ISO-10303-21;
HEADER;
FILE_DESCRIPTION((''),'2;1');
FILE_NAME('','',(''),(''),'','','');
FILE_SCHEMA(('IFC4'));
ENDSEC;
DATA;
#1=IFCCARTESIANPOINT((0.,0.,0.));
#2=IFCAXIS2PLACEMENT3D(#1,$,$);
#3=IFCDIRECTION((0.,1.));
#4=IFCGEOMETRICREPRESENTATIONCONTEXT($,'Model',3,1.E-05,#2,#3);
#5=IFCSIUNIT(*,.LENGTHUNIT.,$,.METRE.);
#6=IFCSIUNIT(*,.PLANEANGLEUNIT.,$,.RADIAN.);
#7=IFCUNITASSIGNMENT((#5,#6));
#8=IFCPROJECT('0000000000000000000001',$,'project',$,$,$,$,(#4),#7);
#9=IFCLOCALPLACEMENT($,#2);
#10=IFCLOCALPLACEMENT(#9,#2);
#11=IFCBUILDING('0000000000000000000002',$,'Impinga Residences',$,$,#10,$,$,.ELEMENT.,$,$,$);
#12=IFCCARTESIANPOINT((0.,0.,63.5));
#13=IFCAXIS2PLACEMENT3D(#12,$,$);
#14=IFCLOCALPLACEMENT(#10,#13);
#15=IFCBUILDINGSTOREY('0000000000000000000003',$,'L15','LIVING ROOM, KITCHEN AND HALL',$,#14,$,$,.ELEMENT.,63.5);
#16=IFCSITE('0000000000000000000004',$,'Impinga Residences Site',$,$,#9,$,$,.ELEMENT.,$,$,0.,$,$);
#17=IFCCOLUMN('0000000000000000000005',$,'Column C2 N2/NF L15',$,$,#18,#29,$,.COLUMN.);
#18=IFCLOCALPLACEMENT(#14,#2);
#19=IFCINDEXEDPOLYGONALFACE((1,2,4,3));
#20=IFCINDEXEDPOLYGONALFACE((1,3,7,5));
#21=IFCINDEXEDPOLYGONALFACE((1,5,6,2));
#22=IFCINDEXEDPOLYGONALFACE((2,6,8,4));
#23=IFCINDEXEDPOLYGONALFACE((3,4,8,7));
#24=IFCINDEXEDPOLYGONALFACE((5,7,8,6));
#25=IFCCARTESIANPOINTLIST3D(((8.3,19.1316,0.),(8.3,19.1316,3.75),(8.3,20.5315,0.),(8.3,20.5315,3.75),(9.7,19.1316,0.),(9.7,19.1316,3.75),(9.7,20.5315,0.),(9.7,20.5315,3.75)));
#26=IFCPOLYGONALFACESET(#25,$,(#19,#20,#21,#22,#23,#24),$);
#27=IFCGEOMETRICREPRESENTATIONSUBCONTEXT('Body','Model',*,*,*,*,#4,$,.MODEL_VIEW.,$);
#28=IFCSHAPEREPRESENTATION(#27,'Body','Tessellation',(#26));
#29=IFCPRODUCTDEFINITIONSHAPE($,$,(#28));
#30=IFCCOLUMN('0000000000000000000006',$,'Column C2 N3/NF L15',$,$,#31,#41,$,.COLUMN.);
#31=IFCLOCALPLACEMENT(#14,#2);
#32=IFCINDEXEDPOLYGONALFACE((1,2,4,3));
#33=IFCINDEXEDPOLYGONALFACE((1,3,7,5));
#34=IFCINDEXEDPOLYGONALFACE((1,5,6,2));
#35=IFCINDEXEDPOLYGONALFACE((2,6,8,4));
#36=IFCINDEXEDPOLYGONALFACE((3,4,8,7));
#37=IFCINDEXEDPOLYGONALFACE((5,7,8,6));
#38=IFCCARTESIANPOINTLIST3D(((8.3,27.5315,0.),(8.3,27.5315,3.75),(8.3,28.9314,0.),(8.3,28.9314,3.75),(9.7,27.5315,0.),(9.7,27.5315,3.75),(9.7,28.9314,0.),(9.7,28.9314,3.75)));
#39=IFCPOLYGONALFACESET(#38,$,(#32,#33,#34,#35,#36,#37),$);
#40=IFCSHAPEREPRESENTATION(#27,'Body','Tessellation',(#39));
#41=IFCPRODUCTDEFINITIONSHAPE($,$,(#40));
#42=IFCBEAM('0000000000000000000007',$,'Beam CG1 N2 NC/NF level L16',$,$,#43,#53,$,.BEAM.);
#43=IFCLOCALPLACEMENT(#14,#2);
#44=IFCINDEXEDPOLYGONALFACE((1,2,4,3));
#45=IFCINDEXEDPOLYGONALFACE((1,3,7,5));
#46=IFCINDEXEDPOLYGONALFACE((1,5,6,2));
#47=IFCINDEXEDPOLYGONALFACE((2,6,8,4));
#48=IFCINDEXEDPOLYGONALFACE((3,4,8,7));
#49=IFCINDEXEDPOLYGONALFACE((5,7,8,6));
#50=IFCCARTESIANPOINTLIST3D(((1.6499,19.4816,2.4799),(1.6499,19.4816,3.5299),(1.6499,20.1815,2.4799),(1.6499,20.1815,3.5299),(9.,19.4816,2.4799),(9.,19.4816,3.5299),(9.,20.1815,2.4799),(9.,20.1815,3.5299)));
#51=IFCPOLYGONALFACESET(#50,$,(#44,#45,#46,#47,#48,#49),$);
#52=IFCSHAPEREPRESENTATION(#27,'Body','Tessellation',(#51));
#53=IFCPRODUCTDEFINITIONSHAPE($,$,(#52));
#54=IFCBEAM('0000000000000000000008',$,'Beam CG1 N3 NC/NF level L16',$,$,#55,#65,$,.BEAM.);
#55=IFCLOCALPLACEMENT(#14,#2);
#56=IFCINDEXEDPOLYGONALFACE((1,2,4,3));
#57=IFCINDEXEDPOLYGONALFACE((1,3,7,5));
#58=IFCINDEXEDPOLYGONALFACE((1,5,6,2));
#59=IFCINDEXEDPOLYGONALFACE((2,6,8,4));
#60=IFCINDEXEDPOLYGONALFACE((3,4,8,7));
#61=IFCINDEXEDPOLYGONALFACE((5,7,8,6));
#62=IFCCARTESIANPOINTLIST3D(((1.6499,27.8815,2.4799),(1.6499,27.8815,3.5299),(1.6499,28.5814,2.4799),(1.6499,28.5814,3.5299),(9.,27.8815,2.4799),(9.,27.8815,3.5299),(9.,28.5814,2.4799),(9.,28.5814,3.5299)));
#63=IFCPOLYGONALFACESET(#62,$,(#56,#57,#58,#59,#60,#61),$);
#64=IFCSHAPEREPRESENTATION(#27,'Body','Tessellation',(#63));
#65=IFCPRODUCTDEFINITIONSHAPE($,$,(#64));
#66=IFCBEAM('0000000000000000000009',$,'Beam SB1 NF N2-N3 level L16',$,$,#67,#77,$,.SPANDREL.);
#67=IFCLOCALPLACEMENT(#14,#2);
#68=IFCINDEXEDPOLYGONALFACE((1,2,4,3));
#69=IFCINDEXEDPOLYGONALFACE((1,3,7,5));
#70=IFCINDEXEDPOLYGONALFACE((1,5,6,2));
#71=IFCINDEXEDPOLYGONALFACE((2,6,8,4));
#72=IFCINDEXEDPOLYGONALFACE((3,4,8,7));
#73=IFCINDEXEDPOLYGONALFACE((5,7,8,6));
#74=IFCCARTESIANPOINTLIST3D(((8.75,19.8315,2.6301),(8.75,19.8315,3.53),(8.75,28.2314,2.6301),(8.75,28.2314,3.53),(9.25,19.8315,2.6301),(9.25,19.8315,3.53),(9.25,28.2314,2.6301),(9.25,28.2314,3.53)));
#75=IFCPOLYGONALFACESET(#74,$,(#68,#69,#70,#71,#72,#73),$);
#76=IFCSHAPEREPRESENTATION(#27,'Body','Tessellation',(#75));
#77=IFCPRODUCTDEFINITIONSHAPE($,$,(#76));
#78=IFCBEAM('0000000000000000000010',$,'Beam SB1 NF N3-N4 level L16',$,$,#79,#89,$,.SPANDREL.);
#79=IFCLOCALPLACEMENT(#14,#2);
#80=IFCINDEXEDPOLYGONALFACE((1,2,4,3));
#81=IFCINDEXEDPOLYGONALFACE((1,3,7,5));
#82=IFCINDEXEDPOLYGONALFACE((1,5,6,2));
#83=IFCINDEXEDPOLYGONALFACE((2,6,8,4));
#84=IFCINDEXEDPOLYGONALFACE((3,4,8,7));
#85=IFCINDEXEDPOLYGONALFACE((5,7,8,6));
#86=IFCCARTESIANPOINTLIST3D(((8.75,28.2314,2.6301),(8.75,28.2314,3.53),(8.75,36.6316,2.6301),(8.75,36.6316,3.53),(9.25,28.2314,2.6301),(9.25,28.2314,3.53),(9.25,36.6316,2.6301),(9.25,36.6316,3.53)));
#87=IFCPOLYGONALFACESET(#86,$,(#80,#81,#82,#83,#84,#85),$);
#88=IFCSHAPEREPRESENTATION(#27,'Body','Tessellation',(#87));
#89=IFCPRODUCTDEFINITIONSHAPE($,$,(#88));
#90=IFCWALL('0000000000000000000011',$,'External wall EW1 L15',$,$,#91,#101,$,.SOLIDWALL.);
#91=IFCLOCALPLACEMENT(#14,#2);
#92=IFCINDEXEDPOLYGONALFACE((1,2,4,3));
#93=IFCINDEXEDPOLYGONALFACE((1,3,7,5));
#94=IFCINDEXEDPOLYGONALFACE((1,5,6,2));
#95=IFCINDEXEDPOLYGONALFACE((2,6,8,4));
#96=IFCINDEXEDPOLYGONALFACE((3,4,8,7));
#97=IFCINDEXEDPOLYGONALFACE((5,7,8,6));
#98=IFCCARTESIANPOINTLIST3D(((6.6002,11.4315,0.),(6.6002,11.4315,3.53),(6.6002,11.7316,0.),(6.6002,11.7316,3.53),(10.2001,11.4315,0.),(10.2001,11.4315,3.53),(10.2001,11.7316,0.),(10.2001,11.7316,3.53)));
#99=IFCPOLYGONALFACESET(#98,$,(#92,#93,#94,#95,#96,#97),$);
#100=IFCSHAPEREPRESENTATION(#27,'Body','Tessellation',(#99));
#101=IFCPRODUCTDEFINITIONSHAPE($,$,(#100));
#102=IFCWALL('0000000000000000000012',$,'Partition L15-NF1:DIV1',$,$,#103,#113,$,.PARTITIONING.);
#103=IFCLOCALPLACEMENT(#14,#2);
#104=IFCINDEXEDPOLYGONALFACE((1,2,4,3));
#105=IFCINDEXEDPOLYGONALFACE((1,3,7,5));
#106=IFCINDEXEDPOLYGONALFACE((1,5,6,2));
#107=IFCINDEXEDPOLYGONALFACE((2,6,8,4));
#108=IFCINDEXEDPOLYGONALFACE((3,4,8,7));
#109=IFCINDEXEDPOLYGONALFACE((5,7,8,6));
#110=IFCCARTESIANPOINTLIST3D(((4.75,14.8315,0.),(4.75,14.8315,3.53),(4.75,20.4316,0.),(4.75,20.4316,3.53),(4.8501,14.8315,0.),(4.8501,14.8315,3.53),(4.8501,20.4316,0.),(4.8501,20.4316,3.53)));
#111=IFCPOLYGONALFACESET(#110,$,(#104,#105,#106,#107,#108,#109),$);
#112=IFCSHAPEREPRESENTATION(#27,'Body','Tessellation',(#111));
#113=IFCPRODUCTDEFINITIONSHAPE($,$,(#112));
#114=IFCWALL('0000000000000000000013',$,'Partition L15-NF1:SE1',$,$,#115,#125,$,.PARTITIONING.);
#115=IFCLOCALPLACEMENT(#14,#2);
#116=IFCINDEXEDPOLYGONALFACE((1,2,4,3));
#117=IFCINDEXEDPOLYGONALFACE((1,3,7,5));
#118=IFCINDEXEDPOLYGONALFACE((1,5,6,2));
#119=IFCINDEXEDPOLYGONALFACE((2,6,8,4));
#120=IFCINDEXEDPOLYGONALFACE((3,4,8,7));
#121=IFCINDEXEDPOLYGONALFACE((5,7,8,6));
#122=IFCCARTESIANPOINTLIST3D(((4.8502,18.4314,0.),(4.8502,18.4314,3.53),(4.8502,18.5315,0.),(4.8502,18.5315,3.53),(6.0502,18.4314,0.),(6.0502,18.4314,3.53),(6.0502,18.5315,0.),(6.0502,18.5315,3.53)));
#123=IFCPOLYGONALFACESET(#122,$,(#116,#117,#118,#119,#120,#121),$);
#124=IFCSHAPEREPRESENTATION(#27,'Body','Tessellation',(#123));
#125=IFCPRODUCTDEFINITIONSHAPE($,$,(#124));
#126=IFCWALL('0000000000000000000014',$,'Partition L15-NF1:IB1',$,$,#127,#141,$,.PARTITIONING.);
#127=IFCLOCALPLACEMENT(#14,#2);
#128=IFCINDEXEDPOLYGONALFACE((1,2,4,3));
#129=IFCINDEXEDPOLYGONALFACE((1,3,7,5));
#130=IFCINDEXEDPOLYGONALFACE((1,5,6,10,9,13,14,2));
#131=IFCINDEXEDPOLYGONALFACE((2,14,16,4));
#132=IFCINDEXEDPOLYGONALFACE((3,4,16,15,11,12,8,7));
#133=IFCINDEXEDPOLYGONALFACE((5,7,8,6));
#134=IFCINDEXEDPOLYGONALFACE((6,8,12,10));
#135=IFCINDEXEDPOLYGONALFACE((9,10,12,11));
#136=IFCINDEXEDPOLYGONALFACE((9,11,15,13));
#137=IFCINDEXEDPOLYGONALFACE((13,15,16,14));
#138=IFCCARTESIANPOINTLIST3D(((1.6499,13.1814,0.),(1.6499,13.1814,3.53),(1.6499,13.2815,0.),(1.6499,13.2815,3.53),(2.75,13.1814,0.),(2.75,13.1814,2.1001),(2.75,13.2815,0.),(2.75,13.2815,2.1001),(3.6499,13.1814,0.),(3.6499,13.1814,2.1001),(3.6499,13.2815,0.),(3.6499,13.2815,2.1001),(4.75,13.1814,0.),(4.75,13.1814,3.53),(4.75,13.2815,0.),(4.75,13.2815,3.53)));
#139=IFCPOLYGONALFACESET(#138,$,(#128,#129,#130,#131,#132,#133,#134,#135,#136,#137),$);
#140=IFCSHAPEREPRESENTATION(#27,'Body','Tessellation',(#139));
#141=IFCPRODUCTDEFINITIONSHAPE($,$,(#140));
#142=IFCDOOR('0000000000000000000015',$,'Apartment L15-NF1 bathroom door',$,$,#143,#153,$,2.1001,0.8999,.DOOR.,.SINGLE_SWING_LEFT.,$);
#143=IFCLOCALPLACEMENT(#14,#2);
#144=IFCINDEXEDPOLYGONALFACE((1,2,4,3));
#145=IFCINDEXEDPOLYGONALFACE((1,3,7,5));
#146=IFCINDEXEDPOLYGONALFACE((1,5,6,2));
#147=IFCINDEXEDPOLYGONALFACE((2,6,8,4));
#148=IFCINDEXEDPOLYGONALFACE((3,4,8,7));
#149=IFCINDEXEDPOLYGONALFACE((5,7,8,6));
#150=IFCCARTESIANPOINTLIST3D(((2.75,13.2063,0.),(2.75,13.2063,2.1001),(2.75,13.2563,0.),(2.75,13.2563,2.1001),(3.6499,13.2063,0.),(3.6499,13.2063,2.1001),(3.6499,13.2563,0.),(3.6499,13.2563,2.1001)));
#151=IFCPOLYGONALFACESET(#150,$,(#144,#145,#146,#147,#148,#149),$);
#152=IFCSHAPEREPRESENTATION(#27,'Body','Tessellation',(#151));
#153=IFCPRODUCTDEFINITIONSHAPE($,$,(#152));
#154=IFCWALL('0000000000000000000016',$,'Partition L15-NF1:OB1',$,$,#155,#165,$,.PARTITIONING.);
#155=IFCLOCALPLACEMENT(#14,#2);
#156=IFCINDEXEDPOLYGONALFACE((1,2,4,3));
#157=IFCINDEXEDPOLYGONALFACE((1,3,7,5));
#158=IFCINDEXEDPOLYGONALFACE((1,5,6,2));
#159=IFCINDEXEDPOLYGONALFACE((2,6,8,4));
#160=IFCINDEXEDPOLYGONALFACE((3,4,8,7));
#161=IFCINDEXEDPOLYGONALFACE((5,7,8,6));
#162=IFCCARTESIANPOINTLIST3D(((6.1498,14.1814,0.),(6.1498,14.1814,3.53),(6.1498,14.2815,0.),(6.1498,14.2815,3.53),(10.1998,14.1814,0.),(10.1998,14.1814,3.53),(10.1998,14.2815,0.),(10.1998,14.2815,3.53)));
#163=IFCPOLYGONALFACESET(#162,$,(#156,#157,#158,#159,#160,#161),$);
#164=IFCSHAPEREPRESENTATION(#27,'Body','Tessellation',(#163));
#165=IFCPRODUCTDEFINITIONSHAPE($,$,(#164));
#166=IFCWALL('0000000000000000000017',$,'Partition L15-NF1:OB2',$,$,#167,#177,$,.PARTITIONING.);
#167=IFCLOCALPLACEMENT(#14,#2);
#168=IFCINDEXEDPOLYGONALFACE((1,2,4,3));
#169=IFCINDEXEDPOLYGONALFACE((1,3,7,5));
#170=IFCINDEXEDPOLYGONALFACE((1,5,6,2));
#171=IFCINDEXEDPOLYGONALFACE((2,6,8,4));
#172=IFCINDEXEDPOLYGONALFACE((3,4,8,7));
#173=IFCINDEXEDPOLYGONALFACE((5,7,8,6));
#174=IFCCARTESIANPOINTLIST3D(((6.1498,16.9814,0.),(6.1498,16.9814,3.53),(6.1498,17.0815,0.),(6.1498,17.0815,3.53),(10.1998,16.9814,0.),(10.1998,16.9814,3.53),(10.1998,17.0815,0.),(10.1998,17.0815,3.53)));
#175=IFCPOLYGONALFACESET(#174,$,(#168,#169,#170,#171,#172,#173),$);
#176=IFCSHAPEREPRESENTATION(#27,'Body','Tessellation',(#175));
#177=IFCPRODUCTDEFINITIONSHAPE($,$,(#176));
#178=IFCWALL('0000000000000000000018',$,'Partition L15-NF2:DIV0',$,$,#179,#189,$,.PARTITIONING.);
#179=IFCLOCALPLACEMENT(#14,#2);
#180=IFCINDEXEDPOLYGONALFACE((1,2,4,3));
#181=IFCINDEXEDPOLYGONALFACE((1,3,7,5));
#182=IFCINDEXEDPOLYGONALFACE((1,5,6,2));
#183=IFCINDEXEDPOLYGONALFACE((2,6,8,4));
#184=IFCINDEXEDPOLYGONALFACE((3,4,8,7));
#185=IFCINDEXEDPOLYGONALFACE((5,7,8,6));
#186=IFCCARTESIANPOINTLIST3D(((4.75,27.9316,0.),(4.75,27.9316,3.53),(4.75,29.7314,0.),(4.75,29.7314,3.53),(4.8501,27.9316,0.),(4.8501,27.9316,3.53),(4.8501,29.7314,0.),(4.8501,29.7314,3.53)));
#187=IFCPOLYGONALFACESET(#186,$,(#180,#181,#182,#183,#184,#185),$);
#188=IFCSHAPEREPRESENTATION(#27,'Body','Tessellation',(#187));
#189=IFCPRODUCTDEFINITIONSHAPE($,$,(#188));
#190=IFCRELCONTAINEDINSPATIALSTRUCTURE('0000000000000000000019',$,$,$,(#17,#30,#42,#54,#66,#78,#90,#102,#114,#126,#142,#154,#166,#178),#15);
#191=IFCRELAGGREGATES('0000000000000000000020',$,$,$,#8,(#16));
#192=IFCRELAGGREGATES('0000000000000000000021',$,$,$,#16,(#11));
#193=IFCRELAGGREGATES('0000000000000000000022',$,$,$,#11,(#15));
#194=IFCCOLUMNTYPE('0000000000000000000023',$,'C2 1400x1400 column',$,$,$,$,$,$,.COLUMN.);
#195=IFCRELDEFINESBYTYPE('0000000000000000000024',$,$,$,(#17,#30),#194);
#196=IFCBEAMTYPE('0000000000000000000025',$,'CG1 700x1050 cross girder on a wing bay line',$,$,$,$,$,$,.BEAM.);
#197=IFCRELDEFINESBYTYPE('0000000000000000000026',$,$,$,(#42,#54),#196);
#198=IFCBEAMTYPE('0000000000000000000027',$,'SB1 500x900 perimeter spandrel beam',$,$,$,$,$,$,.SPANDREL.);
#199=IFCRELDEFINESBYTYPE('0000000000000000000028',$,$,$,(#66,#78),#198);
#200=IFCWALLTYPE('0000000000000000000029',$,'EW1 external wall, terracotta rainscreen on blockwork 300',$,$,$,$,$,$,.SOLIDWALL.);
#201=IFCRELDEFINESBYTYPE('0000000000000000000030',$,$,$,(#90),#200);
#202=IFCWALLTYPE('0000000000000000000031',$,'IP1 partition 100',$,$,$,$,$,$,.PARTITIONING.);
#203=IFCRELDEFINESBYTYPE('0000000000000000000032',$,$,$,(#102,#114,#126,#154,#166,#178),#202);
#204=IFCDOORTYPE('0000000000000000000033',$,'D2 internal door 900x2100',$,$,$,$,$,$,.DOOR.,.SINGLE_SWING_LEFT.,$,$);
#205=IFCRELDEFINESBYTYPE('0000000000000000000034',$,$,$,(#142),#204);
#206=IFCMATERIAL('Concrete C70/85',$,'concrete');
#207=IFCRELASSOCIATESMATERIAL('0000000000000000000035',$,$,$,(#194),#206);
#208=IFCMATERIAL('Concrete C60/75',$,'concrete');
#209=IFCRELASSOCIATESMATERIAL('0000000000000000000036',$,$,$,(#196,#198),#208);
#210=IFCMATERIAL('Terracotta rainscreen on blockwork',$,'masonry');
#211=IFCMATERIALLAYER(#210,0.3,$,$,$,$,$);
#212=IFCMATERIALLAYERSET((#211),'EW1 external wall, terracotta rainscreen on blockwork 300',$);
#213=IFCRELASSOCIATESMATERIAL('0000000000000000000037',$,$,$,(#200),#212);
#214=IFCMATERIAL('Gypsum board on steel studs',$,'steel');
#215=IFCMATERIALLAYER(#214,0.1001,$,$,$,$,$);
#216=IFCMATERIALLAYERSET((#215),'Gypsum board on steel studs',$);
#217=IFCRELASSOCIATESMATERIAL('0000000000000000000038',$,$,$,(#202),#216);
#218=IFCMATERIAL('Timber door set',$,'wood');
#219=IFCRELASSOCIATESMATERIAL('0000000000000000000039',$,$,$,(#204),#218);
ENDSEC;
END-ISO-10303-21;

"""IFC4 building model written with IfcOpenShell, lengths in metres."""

from ifc_helpers import new_model, si_unit, direction, frame, frame_2d, origin, origin_2d, place, context, subcontext, project, spatial, rectangle, extrude, material, layer, layer_set, material_profile, profile_set, type_object, element, fill, save


model = new_model("IFC4")

# Units and contexts
model_context = context("Model", 3, precision=1e-05, world=origin(), true_north=direction((0.0, 1.0)))
body_context = subcontext(model_context, "Body", "Model", "MODEL_VIEW")
ifc_project = project(units=[si_unit("LENGTHUNIT", "METRE"), si_unit("PLANEANGLEUNIT", "RADIAN")], contexts=[model_context])

# Site, building, storey
site_placement = place(None, origin())
site = spatial("IfcSite", under=ifc_project, at=site_placement, Name="Impinga Residences Site", CompositionType="ELEMENT", RefElevation=0.0)
building_placement = place(site_placement, origin())
building = spatial("IfcBuilding", under=site, at=building_placement, Name="Impinga Residences", CompositionType="ELEMENT")
storey_placement = place(building_placement, frame((0.0, 0.0, 63.5)))
storey = spatial("IfcBuildingStorey", under=building, at=storey_placement, Name="L15", Description="LIVING ROOM, KITCHEN AND HALL", CompositionType="ELEMENT", Elevation=63.5)

# Columns
ifc_material_1 = material(Name="Concrete C70/85", Category="concrete")
ifc_material_profile_1 = material_profile(ifc_material_1, rectangle(XDim=1.3999, YDim=1.3999, at=origin_2d()), Name="RC 1400x1400")
ifc_profile_set_1 = profile_set([ifc_material_profile_1], Name="Concrete C70/85")
column_type = type_object("IfcColumnType", Name="C2 1400x1400 column", PredefinedType="COLUMN", material=ifc_profile_set_1)
for number, where, z_axis, x_axis, name in (
    (1, (9.0, 19.8315, 0.0), (0.0, 0.0, 1.0), (1.0, 0.0, 0.0), "Column C2 N2/NF L15"),
    (2, (9.0, 28.2314, 0.0), (0.0, 0.0, 1.0), (1.0, 0.0, 0.0), "Column C2 N3/NF L15"),
):
    element("IfcColumn", number, at=place(storey_placement, frame(where, z_axis=z_axis, x_axis=x_axis)), inside=storey, type_object=column_type, Name=name, PredefinedType="COLUMN", context=body_context, shape_type="SweptSolid", body=[
        extrude(rectangle(XDim=1.3999, YDim=1.3999, at=origin_2d()), origin(), (0.0, 0.0, 1.0), 3.75),
    ])

# Beams
ifc_material_2 = material(Name="Concrete C60/75", Category="concrete")
ifc_material_profile_2 = material_profile(ifc_material_2, rectangle(XDim=0.7, YDim=1.05, at=origin_2d()), Name="RC 700x1050")
ifc_profile_set_2 = profile_set([ifc_material_profile_2], Name="Concrete C60/75")
beam_type_1 = type_object("IfcBeamType", Name="CG1 700x1050 cross girder on a wing bay line", PredefinedType="BEAM", material=ifc_profile_set_2)
for number, where, z_axis, x_axis, name in (
    (3, (1.6499, 19.8315, 3.0049), (1.0, 0.0, 0.0), (0.0, 1.0, 0.0), "Beam CG1 N2 NC/NF level L16"),
    (4, (1.6499, 28.2314, 3.0049), (1.0, 0.0, 0.0), (0.0, 1.0, 0.0), "Beam CG1 N3 NC/NF level L16"),
):
    element("IfcBeam", number, at=place(storey_placement, frame(where, z_axis=z_axis, x_axis=x_axis)), inside=storey, type_object=beam_type_1, Name=name, PredefinedType="BEAM", context=body_context, shape_type="SweptSolid", body=[
        extrude(rectangle(XDim=0.7, YDim=1.05, at=origin_2d()), origin(), (0.0, 0.0, 1.0), 7.3501),
    ])
ifc_material_profile_3 = material_profile(ifc_material_2, rectangle(XDim=0.5, YDim=0.8999, at=origin_2d()), Name="RC 500x900")
ifc_profile_set_3 = profile_set([ifc_material_profile_3], Name="Concrete C60/75")
beam_type_2 = type_object("IfcBeamType", Name="SB1 500x900 perimeter spandrel beam", PredefinedType="SPANDREL", material=ifc_profile_set_3)
beam_1_placement = place(storey_placement, frame((9.0, 19.8315, 3.0801), z_axis=(0.0, 1.0, 0.0), x_axis=(-1.0, 0.0, 0.0)))
element("IfcBeam", 5, at=beam_1_placement, inside=storey, type_object=beam_type_2, Name="Beam SB1 NF N2-N3 level L16", PredefinedType="SPANDREL", context=body_context, shape_type="SweptSolid", body=[
    extrude(rectangle(XDim=0.5, YDim=0.8999, at=origin_2d()), origin(), (0.0, 0.0, 1.0), 8.3999),
])
beam_2_placement = place(storey_placement, frame((9.0, 28.2314, 3.0801), z_axis=(0.0, 1.0, 0.0), x_axis=(-1.0, 0.0, 0.0)))
element("IfcBeam", 6, at=beam_2_placement, inside=storey, type_object=beam_type_2, Name="Beam SB1 NF N3-N4 level L16", PredefinedType="SPANDREL", context=body_context, shape_type="SweptSolid", body=[
    extrude(rectangle(XDim=0.5, YDim=0.8999, at=origin_2d()), origin(), (0.0, 0.0, 1.0), 8.4001),
])

# Walls
ifc_material_3 = material(Name="Terracotta rainscreen on blockwork", Category="masonry")
ifc_layer_1 = layer(ifc_material_3, 0.3)
ifc_layer_set_1 = layer_set([ifc_layer_1], Name="EW1 external wall, terracotta rainscreen on blockwork 300")
wall_type_1 = type_object("IfcWallType", Name="EW1 external wall, terracotta rainscreen on blockwork 300", PredefinedType="SOLIDWALL", material=ifc_layer_set_1)
wall_1_placement = place(storey_placement, frame((10.2, 11.5815, 0.0), z_axis=(0.0, 0.0, 1.0), x_axis=(-1.0, 0.0, 0.0)))
element("IfcWall", 7, at=wall_1_placement, inside=storey, type_object=wall_type_1, Name="External wall EW1 L15", PredefinedType="SOLIDWALL", context=body_context, shape_type="SweptSolid", body=[
    extrude(rectangle(XDim=3.5999, YDim=0.3, at=frame_2d((1.7998, 0.0))), origin(), (0.0, 0.0, 1.0), 3.53),
])
ifc_material_4 = material(Name="Gypsum board on steel studs", Category="steel")
ifc_layer_2 = layer(ifc_material_4, 0.1001)
ifc_layer_set_2 = layer_set([ifc_layer_2], Name="Gypsum board on steel studs")
wall_type_2 = type_object("IfcWallType", Name="IP1 partition 100", PredefinedType="PARTITIONING", material=ifc_layer_set_2)
wall_2_placement = place(storey_placement, frame((4.8, 14.8315, 0.0), z_axis=(0.0, 0.0, 1.0), x_axis=(0.0, 1.0, 0.0)))
element("IfcWall", 8, at=wall_2_placement, inside=storey, type_object=wall_type_2, Name="Partition L15-NF1:DIV1", PredefinedType="PARTITIONING", context=body_context, shape_type="SweptSolid", body=[
    extrude(rectangle(XDim=5.6001, YDim=0.1001, at=frame_2d((2.8, 0.0))), origin(), (0.0, 0.0, 1.0), 3.53),
])
wall_3_placement = place(storey_placement, frame((4.8501, 18.4814, 0.0), z_axis=(0.0, 0.0, 1.0), x_axis=(1.0, 0.0, 0.0)))
element("IfcWall", 9, at=wall_3_placement, inside=storey, type_object=wall_type_2, Name="Partition L15-NF1:SE1", PredefinedType="PARTITIONING", context=body_context, shape_type="SweptSolid", body=[
    extrude(rectangle(XDim=1.2, YDim=0.1001, at=frame_2d((0.6001, 0.0))), origin(), (0.0, 0.0, 1.0), 3.53),
])

# Wall, opening, door
wall_4_placement = place(storey_placement, frame((1.6499, 13.2314, 0.0), z_axis=(0.0, 0.0, 1.0), x_axis=(1.0, 0.0, 0.0)))
wall_4 = element("IfcWall", 10, at=wall_4_placement, inside=storey, type_object=wall_type_2, Name="Partition L15-NF1:IB1", PredefinedType="PARTITIONING", context=body_context, shape_type="SweptSolid", body=[
    extrude(rectangle(XDim=3.1001, YDim=0.1001, at=frame_2d((1.55, 0.0))), origin(), (0.0, 0.0, 1.0), 3.53),
])
opening_1_placement = place(wall_4_placement, frame((1.1001, 0.0, 0.0)))
opening_1 = element("IfcOpeningElement", 11, at=opening_1_placement, cuts=wall_4, PredefinedType="OPENING", context=body_context, shape_type="SweptSolid", body=[
    extrude(rectangle(XDim=0.8999, YDim=2.1001, at=frame_2d((0.45, 1.05))), frame((0.0, 0.0601, 0.0), z_axis=(0.0, -1.0, 0.0), x_axis=(1.0, 0.0, 0.0)), (0.0, 0.0, 1.0), 0.1201),
])
ifc_material_5 = material(Name="Timber door set", Category="wood")
door_type = type_object("IfcDoorType", Name="D2 internal door 900x2100", OperationType="SINGLE_SWING_LEFT", PredefinedType="DOOR", material=ifc_material_5)
door_1_placement = place(opening_1_placement, origin())
door_1 = element("IfcDoor", 12, at=door_1_placement, inside=storey, type_object=door_type, Name="Apartment L15-NF1 bathroom door", OperationType="SINGLE_SWING_LEFT", OverallHeight=2.1001, OverallWidth=0.8999, PredefinedType="DOOR", context=body_context, shape_type="SweptSolid", body=[
    extrude(rectangle(XDim=0.8999, YDim=2.1001, at=frame_2d((0.45, 1.05))), frame((0.0, 0.0249, 0.0), z_axis=(0.0, -1.0, 0.0), x_axis=(1.0, 0.0, 0.0)), (0.0, 0.0, 1.0), 0.05),
])
fill(opening_1, door_1)

# Walls
for number, where, z_axis, x_axis, name in (
    (13, (6.1499, 14.2314, 0.0), (0.0, 0.0, 1.0), (1.0, 0.0, 0.0), "Partition L15-NF1:OB1"),
    (14, (6.1499, 17.0315, 0.0), (0.0, 0.0, 1.0), (1.0, 0.0, 0.0), "Partition L15-NF1:OB2"),
):
    element("IfcWall", number, at=place(storey_placement, frame(where, z_axis=z_axis, x_axis=x_axis)), inside=storey, type_object=wall_type_2, Name=name, PredefinedType="PARTITIONING", context=body_context, shape_type="SweptSolid", body=[
        extrude(rectangle(XDim=4.05, YDim=0.1001, at=frame_2d((2.0249, 0.0))), origin(), (0.0, 0.0, 1.0), 3.53),
    ])
wall_5_placement = place(storey_placement, frame((4.8, 27.9316, 0.0), z_axis=(0.0, 0.0, 1.0), x_axis=(0.0, 1.0, 0.0)))
element("IfcWall", 15, at=wall_5_placement, inside=storey, type_object=wall_type_2, Name="Partition L15-NF2:DIV0", PredefinedType="PARTITIONING", context=body_context, shape_type="SweptSolid", body=[
    extrude(rectangle(XDim=1.7998, YDim=0.1001, at=frame_2d((0.8999, 0.0))), origin(), (0.0, 0.0, 1.0), 3.53),
])

save(model, "model.ifc")
